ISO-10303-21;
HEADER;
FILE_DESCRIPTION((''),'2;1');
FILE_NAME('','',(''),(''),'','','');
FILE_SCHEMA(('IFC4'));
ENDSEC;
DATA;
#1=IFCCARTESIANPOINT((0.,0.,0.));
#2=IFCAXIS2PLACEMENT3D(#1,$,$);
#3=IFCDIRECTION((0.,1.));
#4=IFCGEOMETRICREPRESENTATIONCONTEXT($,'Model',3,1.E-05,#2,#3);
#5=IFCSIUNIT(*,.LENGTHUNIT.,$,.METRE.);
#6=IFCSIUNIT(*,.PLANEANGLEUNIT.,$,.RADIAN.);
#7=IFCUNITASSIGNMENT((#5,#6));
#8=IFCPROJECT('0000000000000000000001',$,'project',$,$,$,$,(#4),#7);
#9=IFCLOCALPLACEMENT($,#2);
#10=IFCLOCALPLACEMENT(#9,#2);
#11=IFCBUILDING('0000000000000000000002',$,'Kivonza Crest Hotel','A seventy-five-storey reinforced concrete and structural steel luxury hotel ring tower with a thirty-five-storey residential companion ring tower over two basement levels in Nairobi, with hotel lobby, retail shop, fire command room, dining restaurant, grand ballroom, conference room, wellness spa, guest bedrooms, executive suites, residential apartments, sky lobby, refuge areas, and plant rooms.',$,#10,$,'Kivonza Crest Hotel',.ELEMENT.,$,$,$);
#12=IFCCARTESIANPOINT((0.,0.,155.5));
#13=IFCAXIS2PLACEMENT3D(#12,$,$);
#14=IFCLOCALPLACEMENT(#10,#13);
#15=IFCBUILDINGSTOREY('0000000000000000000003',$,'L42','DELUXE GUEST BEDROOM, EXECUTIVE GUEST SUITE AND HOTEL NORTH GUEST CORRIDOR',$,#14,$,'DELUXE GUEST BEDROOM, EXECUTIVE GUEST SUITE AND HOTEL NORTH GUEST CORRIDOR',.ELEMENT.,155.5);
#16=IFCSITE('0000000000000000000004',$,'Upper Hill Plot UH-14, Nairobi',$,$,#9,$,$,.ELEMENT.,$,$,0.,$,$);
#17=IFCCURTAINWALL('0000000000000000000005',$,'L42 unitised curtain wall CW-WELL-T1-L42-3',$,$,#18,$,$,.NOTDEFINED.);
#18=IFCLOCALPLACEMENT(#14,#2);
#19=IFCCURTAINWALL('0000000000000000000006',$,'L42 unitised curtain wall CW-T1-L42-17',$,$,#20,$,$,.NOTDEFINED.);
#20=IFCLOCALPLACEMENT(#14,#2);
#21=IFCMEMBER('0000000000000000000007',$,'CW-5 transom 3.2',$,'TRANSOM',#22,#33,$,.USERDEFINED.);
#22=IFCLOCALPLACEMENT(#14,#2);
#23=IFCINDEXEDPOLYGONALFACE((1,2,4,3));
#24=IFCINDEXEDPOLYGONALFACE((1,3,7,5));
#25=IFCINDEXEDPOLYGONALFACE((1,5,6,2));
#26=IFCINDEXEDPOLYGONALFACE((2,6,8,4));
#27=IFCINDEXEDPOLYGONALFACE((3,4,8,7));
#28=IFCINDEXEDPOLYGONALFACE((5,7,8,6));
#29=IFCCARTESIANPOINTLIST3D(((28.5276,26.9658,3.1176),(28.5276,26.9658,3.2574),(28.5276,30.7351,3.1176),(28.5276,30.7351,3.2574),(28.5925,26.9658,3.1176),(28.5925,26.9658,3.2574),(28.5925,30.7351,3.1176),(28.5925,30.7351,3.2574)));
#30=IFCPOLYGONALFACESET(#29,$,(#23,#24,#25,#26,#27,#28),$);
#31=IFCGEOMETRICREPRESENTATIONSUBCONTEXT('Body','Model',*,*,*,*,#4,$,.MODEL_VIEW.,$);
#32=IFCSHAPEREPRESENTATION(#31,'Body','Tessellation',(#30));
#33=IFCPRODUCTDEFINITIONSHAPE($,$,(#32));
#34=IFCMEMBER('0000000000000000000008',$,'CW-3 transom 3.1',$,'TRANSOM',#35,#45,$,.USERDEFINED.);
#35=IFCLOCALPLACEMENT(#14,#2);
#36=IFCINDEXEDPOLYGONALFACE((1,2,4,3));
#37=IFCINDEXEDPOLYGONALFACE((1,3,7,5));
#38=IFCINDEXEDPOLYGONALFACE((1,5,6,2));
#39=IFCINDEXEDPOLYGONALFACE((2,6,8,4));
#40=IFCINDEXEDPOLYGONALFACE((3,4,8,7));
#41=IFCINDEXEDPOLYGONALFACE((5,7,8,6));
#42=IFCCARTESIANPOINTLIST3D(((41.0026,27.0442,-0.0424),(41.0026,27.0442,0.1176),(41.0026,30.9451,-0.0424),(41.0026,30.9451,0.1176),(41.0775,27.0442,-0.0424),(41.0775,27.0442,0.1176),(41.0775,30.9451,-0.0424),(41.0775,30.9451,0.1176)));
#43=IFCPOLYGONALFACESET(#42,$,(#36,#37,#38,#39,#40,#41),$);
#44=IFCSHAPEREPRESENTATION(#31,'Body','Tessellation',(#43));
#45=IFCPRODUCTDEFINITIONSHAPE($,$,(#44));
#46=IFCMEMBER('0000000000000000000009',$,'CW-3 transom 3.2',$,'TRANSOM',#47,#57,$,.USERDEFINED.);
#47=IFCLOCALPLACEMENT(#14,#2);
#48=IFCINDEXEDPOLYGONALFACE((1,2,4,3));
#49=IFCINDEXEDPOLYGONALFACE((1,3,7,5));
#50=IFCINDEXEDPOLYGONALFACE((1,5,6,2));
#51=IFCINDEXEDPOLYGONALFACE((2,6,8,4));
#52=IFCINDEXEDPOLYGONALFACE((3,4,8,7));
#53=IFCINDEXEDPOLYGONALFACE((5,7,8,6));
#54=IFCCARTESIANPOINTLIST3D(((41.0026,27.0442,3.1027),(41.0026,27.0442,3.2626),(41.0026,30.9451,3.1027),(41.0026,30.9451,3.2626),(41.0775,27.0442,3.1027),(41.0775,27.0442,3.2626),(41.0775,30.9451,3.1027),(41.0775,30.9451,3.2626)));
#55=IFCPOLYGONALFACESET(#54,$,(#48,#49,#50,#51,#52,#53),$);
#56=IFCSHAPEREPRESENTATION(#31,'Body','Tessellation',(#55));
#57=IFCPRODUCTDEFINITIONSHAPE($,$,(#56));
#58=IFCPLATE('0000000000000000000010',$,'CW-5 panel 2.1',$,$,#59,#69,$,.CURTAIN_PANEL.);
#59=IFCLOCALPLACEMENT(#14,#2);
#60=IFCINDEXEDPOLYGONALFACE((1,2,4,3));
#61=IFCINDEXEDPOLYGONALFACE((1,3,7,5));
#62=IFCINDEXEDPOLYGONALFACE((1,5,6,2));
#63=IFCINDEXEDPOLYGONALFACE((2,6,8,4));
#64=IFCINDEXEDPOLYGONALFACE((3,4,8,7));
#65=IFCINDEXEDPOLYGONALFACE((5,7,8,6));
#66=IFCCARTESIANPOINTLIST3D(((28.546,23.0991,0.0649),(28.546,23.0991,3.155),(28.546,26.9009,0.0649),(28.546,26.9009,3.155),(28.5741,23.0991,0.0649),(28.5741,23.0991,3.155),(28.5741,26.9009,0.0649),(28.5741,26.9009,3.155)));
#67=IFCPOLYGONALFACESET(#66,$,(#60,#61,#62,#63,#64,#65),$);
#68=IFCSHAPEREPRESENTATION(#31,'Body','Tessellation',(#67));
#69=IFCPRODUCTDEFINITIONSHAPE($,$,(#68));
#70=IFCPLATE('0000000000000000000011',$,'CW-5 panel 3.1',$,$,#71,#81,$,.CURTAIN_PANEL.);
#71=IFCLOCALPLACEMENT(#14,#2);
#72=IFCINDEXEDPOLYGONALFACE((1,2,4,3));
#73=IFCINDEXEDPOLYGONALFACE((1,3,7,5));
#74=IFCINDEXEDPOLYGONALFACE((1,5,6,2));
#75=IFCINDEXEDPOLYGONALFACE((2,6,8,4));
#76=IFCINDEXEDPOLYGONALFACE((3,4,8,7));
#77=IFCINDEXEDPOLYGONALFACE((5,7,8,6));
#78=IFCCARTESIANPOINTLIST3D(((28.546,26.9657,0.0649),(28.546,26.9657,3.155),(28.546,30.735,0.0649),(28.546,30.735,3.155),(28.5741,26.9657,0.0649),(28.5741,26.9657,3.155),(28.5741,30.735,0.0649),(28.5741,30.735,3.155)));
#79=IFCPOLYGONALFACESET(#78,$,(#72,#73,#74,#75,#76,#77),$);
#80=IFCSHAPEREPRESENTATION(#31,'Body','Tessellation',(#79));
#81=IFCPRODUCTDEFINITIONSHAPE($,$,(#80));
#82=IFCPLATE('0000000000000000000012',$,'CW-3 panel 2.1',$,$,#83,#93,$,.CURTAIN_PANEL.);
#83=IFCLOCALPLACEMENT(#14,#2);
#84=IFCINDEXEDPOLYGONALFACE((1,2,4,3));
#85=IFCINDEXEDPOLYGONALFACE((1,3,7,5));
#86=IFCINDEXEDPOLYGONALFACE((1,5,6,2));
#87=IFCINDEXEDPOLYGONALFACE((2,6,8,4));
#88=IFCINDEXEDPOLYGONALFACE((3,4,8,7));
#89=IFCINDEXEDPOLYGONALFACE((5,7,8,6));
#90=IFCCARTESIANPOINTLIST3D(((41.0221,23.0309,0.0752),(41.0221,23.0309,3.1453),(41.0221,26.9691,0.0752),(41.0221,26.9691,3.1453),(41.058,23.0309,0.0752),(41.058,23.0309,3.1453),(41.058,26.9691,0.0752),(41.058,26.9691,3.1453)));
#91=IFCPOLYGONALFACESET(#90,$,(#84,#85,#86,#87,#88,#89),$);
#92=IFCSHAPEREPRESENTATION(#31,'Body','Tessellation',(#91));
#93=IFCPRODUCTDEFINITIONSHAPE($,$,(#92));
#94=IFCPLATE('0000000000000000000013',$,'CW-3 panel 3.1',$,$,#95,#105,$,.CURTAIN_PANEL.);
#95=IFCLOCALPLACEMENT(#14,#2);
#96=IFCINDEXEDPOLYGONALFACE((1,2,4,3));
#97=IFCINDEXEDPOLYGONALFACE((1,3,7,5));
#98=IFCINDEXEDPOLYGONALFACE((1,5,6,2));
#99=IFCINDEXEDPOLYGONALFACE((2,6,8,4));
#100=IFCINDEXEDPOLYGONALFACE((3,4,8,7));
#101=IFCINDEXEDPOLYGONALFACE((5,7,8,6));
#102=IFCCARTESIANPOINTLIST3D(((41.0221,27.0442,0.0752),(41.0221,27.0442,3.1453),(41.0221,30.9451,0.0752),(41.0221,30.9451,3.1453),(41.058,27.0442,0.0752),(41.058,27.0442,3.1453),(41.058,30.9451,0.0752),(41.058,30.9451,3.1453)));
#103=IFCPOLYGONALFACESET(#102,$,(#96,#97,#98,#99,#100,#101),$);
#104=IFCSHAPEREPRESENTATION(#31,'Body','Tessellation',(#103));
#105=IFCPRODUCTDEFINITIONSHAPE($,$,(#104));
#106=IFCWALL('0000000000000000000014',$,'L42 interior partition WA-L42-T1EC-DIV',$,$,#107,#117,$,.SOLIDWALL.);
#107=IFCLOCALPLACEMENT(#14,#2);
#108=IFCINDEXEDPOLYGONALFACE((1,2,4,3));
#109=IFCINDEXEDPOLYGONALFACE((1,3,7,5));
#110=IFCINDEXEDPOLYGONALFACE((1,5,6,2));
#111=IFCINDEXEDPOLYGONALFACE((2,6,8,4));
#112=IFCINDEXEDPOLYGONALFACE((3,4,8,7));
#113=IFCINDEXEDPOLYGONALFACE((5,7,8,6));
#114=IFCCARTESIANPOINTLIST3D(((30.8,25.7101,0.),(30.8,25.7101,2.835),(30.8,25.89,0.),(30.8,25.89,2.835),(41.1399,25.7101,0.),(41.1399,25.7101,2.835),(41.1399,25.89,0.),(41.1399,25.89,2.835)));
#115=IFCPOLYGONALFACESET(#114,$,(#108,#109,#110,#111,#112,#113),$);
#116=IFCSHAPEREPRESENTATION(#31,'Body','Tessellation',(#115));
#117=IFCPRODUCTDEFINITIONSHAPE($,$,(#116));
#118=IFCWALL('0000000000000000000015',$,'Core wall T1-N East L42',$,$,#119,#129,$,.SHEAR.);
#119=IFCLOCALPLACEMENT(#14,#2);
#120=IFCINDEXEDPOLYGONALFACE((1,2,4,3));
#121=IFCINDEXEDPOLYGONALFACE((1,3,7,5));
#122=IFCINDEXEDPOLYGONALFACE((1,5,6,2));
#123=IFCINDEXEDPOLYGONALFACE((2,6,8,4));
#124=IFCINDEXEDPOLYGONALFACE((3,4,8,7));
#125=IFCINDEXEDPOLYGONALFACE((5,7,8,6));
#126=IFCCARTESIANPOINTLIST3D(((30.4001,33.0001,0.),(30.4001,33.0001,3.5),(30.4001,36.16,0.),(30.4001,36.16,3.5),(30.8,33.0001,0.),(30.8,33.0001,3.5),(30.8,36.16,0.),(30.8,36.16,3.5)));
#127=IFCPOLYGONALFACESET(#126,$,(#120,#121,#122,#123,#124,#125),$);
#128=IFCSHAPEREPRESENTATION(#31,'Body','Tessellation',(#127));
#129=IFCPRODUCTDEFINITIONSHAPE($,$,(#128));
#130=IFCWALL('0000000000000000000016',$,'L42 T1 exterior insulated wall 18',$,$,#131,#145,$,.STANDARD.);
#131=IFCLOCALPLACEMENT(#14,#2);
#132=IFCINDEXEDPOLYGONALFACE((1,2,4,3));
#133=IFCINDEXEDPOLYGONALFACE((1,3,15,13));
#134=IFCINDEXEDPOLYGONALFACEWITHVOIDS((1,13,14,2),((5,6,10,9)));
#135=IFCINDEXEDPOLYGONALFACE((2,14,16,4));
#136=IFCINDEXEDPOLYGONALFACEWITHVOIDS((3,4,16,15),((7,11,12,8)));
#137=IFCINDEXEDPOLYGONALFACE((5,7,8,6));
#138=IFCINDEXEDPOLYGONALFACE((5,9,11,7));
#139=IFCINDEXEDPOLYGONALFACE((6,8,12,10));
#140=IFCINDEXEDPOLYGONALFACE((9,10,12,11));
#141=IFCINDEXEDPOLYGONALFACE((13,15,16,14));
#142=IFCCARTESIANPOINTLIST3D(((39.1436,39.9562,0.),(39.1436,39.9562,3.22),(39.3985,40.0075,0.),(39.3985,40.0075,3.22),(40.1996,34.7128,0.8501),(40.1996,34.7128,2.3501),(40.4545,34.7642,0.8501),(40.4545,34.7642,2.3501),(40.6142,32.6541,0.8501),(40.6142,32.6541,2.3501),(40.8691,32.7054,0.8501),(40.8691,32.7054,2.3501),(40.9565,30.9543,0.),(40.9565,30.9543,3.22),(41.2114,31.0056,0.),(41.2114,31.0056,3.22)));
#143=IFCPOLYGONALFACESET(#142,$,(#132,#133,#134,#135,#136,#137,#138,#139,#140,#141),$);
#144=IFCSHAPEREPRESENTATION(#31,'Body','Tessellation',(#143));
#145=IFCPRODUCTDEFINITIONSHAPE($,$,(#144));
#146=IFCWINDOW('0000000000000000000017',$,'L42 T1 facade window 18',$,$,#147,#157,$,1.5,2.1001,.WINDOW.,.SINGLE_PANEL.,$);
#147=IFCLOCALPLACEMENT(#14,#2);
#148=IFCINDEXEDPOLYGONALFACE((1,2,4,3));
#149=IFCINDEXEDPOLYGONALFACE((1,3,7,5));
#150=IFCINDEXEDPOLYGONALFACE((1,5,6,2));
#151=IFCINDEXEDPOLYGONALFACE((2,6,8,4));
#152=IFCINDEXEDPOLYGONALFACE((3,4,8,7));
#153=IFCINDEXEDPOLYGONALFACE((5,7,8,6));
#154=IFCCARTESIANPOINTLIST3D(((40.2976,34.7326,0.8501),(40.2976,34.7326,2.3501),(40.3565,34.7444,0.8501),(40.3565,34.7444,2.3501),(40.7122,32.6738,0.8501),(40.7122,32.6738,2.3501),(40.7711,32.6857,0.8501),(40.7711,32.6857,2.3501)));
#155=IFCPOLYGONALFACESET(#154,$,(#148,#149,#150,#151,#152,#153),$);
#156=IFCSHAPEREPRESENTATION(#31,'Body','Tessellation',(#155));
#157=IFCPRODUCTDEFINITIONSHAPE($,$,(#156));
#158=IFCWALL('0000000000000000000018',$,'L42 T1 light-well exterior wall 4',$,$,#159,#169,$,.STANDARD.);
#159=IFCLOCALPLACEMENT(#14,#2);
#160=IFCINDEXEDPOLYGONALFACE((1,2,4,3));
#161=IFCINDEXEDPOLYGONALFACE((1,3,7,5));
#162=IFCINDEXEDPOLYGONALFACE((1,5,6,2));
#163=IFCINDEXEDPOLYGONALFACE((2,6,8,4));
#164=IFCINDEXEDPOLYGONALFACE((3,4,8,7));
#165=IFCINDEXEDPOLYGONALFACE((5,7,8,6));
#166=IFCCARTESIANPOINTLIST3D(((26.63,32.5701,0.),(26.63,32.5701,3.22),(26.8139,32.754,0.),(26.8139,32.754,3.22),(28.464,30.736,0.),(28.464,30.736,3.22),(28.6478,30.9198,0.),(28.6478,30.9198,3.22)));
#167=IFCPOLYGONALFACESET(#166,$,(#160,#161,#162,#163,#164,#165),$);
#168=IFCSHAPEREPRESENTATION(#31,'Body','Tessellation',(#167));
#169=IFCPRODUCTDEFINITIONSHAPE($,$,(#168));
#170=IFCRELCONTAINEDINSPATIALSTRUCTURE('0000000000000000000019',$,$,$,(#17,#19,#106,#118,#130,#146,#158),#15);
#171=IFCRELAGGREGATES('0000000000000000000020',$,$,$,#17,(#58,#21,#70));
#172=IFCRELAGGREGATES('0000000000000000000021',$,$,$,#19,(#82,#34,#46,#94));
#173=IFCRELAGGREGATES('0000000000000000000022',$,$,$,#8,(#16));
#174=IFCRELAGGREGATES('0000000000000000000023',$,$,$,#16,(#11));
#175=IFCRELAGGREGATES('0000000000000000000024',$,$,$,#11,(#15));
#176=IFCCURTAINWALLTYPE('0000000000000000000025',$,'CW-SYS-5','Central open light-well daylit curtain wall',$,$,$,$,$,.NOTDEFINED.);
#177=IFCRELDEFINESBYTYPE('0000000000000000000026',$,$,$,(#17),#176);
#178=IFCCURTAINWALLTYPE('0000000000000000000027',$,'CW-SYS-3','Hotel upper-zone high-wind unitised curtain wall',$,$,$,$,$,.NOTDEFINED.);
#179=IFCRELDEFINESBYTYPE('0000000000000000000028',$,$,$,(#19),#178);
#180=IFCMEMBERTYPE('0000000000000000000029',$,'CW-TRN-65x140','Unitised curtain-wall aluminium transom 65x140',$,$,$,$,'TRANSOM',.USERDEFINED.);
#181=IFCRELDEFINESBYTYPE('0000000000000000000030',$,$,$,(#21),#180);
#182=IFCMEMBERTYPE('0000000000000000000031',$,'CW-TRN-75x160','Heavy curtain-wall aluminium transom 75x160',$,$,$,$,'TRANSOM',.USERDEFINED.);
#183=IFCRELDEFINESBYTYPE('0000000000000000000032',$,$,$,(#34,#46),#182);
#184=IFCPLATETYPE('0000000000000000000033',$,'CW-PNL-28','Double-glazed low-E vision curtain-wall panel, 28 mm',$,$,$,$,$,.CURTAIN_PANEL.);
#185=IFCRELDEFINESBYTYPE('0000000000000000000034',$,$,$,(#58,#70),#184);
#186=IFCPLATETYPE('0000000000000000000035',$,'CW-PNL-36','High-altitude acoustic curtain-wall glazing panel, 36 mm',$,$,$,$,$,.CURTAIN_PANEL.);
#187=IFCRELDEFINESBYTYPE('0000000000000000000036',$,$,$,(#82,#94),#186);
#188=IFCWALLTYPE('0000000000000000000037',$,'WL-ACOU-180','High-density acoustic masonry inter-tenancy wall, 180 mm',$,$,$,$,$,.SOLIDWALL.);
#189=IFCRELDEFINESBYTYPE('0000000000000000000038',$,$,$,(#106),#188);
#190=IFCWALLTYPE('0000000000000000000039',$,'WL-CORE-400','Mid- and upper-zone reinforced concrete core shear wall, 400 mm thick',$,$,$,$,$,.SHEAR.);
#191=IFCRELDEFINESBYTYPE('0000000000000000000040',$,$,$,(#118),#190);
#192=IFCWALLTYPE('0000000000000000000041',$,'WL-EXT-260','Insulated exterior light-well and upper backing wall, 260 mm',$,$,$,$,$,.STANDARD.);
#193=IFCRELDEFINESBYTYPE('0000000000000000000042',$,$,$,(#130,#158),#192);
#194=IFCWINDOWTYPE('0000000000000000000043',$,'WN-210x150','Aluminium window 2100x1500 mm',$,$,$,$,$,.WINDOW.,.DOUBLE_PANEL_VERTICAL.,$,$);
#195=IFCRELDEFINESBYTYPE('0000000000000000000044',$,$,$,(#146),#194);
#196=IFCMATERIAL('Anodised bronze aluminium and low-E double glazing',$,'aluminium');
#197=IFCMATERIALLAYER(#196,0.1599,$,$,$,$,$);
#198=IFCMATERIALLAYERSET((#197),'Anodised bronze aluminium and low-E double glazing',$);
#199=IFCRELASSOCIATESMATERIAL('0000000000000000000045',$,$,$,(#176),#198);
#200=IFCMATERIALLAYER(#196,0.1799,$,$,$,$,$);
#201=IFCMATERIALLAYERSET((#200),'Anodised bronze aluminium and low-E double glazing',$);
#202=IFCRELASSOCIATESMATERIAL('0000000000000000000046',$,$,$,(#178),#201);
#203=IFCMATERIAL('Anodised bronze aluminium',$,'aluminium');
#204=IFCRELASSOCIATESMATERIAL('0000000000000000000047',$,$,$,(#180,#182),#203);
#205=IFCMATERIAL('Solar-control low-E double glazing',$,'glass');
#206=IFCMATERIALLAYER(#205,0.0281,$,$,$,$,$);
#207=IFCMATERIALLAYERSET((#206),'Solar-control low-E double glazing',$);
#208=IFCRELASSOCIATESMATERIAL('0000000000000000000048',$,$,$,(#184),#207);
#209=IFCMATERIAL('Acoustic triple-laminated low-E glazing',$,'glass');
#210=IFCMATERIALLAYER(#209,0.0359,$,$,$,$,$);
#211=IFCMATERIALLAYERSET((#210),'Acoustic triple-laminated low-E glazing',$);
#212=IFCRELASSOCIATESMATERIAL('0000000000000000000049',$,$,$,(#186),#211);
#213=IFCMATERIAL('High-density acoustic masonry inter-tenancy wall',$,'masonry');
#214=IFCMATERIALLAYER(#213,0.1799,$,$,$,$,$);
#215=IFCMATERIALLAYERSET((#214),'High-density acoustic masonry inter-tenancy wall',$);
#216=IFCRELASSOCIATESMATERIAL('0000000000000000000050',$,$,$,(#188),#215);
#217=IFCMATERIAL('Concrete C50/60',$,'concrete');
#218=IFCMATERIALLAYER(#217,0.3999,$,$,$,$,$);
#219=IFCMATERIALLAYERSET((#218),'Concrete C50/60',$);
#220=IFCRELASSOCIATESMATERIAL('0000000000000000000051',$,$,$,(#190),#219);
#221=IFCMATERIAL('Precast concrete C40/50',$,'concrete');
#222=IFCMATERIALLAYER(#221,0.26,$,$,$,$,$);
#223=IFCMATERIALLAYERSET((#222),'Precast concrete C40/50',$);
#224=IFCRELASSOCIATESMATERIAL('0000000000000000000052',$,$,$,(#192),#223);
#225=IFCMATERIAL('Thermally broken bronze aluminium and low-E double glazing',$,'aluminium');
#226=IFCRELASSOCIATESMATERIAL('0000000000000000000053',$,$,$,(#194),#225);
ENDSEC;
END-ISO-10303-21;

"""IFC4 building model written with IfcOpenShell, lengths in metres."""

from ifc_helpers import new_model, si_unit, direction, frame, frame_2d, origin, origin_2d, place, context, subcontext, project, spatial, rectangle, extrude, material, layer, layer_set, material_profile, profile_set, type_object, element, fill, aggregate, save


model = new_model("IFC4")

# Units and contexts
model_context = context("Model", 3, precision=1e-05, world=origin(), true_north=direction((0.0, 1.0)))
body_context = subcontext(model_context, "Body", "Model", "MODEL_VIEW")
ifc_project = project(units=[si_unit("LENGTHUNIT", "METRE"), si_unit("PLANEANGLEUNIT", "RADIAN")], contexts=[model_context])

# Site, building, storey
site_placement = place(None, origin())
site = spatial("IfcSite", under=ifc_project, at=site_placement, Name="Upper Hill Plot UH-14, Nairobi", CompositionType="ELEMENT", RefElevation=0.0)
building_placement = place(site_placement, origin())
building = spatial("IfcBuilding", under=site, at=building_placement, Name="Kivonza Crest Hotel", Description="A seventy-five-storey reinforced concrete and structural steel luxury hotel ring tower with a thirty-five-storey residential companion ring tower over two basement levels in Nairobi, with hotel lobby, retail shop, fire command room, dining restaurant, grand ballroom, conference room, wellness spa, guest bedrooms, executive suites, residential apartments, sky lobby, refuge areas, and plant rooms.", LongName="Kivonza Crest Hotel", CompositionType="ELEMENT")
storey_placement = place(building_placement, frame((0.0, 0.0, 155.5)))
storey = spatial("IfcBuildingStorey", under=building, at=storey_placement, Name="L42", Description="DELUXE GUEST BEDROOM, EXECUTIVE GUEST SUITE AND HOTEL NORTH GUEST CORRIDOR", LongName="DELUXE GUEST BEDROOM, EXECUTIVE GUEST SUITE AND HOTEL NORTH GUEST CORRIDOR", CompositionType="ELEMENT", Elevation=155.5)

# Shared definitions
ifc_material_1 = material(Name="Concrete C50/60", Category="concrete")

# Curtain walls
ifc_material_2 = material(Name="Anodised bronze aluminium and low-E double glazing", Category="aluminium")
ifc_layer_1 = layer(ifc_material_2, 0.1599)
ifc_layer_set_1 = layer_set([ifc_layer_1], Name="Anodised bronze aluminium and low-E double glazing")
curtain_wall_type_1 = type_object("IfcCurtainWallType", Name="CW-SYS-5", Description="Central open light-well daylit curtain wall", PredefinedType="NOTDEFINED", material=ifc_layer_set_1)
curtain_wall_1_placement = place(storey_placement, origin())
curtain_wall_1 = element("IfcCurtainWall", 1, at=curtain_wall_1_placement, inside=storey, type_object=curtain_wall_type_1, Name="L42 unitised curtain wall CW-WELL-T1-L42-3", PredefinedType="NOTDEFINED")
ifc_material_3 = material(Name="Anodised bronze aluminium", Category="aluminium")
ifc_layer_2 = layer(ifc_material_2, 0.1799)
ifc_layer_set_2 = layer_set([ifc_layer_2], Name="Anodised bronze aluminium and low-E double glazing")
curtain_wall_type_2 = type_object("IfcCurtainWallType", Name="CW-SYS-3", Description="Hotel upper-zone high-wind unitised curtain wall", PredefinedType="NOTDEFINED", material=ifc_layer_set_2)
curtain_wall_2_placement = place(storey_placement, origin())
curtain_wall_2 = element("IfcCurtainWall", 2, at=curtain_wall_2_placement, inside=storey, type_object=curtain_wall_type_2, Name="L42 unitised curtain wall CW-T1-L42-17", PredefinedType="NOTDEFINED")

# Members
ifc_material_profile_1 = material_profile(ifc_material_3, rectangle(XDim=0.0649, YDim=0.1399, at=origin_2d()), Name="CW-T 65x140")
ifc_profile_set_1 = profile_set([ifc_material_profile_1], Name="Anodised bronze aluminium")
member_type_1 = type_object("IfcMemberType", Name="CW-TRN-65x140", Description="Unitised curtain-wall aluminium transom 65x140", ElementType="TRANSOM", PredefinedType="USERDEFINED", material=ifc_profile_set_1)
member_1_placement = place(storey_placement, frame((28.5601, 26.9658, 3.1875), z_axis=(0.0, 1.0, 0.0), x_axis=(-1.0, 0.0, 0.0)))
member_1 = element("IfcMember", 3, at=member_1_placement, type_object=member_type_1, Name="CW-5 transom 3.2", ObjectType="TRANSOM", PredefinedType="USERDEFINED", context=body_context, shape_type="SweptSolid", body=[
    extrude(rectangle(XDim=0.0649, YDim=0.1399, at=origin_2d()), origin(), (0.0, 0.0, 1.0), 3.7693),
])
ifc_material_profile_2 = material_profile(ifc_material_3, rectangle(XDim=0.075, YDim=0.1599, at=origin_2d()), Name="CW-T 75x160")
ifc_profile_set_2 = profile_set([ifc_material_profile_2], Name="Anodised bronze aluminium")
member_type_2 = type_object("IfcMemberType", Name="CW-TRN-75x160", Description="Heavy curtain-wall aluminium transom 75x160", ElementType="TRANSOM", PredefinedType="USERDEFINED", material=ifc_profile_set_2)
member_2_placement = place(storey_placement, frame((41.04, 27.0442, 0.0376), z_axis=(0.0, 1.0, 0.0), x_axis=(-1.0, 0.0, 0.0)))
member_2 = element("IfcMember", 4, at=member_2_placement, type_object=member_type_2, Name="CW-3 transom 3.1", ObjectType="TRANSOM", PredefinedType="USERDEFINED", context=body_context, shape_type="SweptSolid", body=[
    extrude(rectangle(XDim=0.075, YDim=0.1599, at=origin_2d()), origin(), (0.0, 0.0, 1.0), 3.9009),
])
member_3_placement = place(storey_placement, frame((41.04, 27.0442, 3.1826), z_axis=(0.0, 1.0, 0.0), x_axis=(-1.0, 0.0, 0.0)))
member_3 = element("IfcMember", 5, at=member_3_placement, type_object=member_type_2, Name="CW-3 transom 3.2", ObjectType="TRANSOM", PredefinedType="USERDEFINED", context=body_context, shape_type="SweptSolid", body=[
    extrude(rectangle(XDim=0.075, YDim=0.1599, at=origin_2d()), origin(), (0.0, 0.0, 1.0), 3.9009),
])

# Plates
ifc_material_4 = material(Name="Solar-control low-E double glazing", Category="glass")
ifc_layer_3 = layer(ifc_material_4, 0.0281)
ifc_layer_set_3 = layer_set([ifc_layer_3], Name="Solar-control low-E double glazing")
plate_type_1 = type_object("IfcPlateType", Name="CW-PNL-28", Description="Double-glazed low-E vision curtain-wall panel, 28 mm", PredefinedType="CURTAIN_PANEL", material=ifc_layer_set_3)
plate_1_placement = place(storey_placement, frame((28.5601, 25.0, 0.0649), z_axis=(0.0, 0.0, 1.0), x_axis=(0.0, 1.0, 0.0)))
plate_1 = element("IfcPlate", 6, at=plate_1_placement, type_object=plate_type_1, Name="CW-5 panel 2.1", PredefinedType="CURTAIN_PANEL", context=body_context, shape_type="SweptSolid", body=[
    extrude(rectangle(XDim=3.8018, YDim=0.0281, at=origin_2d()), origin(), (0.0, 0.0, 1.0), 3.0901),
])
plate_2_placement = place(storey_placement, frame((28.5601, 28.8503, 0.0649), z_axis=(0.0, 0.0, 1.0), x_axis=(0.0, 1.0, 0.0)))
plate_2 = element("IfcPlate", 7, at=plate_2_placement, type_object=plate_type_1, Name="CW-5 panel 3.1", PredefinedType="CURTAIN_PANEL", context=body_context, shape_type="SweptSolid", body=[
    extrude(rectangle(XDim=3.7693, YDim=0.0281, at=origin_2d()), origin(), (0.0, 0.0, 1.0), 3.0901),
])
aggregate(curtain_wall_1, [plate_1, member_1, plate_2])
ifc_material_5 = material(Name="Acoustic triple-laminated low-E glazing", Category="glass")
ifc_layer_4 = layer(ifc_material_5, 0.0359)
ifc_layer_set_4 = layer_set([ifc_layer_4], Name="Acoustic triple-laminated low-E glazing")
plate_type_2 = type_object("IfcPlateType", Name="CW-PNL-36", Description="High-altitude acoustic curtain-wall glazing panel, 36 mm", PredefinedType="CURTAIN_PANEL", material=ifc_layer_set_4)
plate_3_placement = place(storey_placement, frame((41.04, 25.0, 0.0752), z_axis=(0.0, 0.0, 1.0), x_axis=(0.0, 1.0, 0.0)))
plate_3 = element("IfcPlate", 8, at=plate_3_placement, type_object=plate_type_2, Name="CW-3 panel 2.1", PredefinedType="CURTAIN_PANEL", context=body_context, shape_type="SweptSolid", body=[
    extrude(rectangle(XDim=3.9382, YDim=0.0359, at=origin_2d()), origin(), (0.0, 0.0, 1.0), 3.0701),
])
plate_4_placement = place(storey_placement, frame((41.04, 28.9946, 0.0752), z_axis=(0.0, 0.0, 1.0), x_axis=(0.0, 1.0, 0.0)))
plate_4 = element("IfcPlate", 9, at=plate_4_placement, type_object=plate_type_2, Name="CW-3 panel 3.1", PredefinedType="CURTAIN_PANEL", context=body_context, shape_type="SweptSolid", body=[
    extrude(rectangle(XDim=3.9009, YDim=0.0359, at=origin_2d()), origin(), (0.0, 0.0, 1.0), 3.0701),
])
aggregate(curtain_wall_2, [plate_3, member_2, member_3, plate_4])

# Walls
ifc_material_6 = material(Name="High-density acoustic masonry inter-tenancy wall", Category="masonry")
ifc_layer_5 = layer(ifc_material_6, 0.1799)
ifc_layer_set_5 = layer_set([ifc_layer_5], Name="High-density acoustic masonry inter-tenancy wall")
wall_type_1 = type_object("IfcWallType", Name="WL-ACOU-180", Description="High-density acoustic masonry inter-tenancy wall, 180 mm", PredefinedType="SOLIDWALL", material=ifc_layer_set_5)
wall_1_placement = place(storey_placement, frame((30.8, 25.8, 0.0), z_axis=(0.0, 0.0, 1.0), x_axis=(1.0, 0.0, 0.0)))
element("IfcWall", 10, at=wall_1_placement, inside=storey, type_object=wall_type_1, Name="L42 interior partition WA-L42-T1EC-DIV", PredefinedType="SOLIDWALL", context=body_context, shape_type="SweptSolid", body=[
    extrude(rectangle(XDim=10.3398, YDim=0.1799, at=frame_2d((5.1699, 0.0))), origin(), (0.0, 0.0, 1.0), 2.835),
])
ifc_layer_6 = layer(ifc_material_1, 0.3999)
ifc_layer_set_6 = layer_set([ifc_layer_6], Name="Concrete C50/60")
wall_type_2 = type_object("IfcWallType", Name="WL-CORE-400", Description="Mid- and upper-zone reinforced concrete core shear wall, 400 mm thick", PredefinedType="SHEAR", material=ifc_layer_set_6)
wall_2_placement = place(storey_placement, frame((30.6001, 33.0, 0.0), z_axis=(0.0, 0.0, 1.0), x_axis=(0.0, 1.0, 0.0)))
element("IfcWall", 11, at=wall_2_placement, inside=storey, type_object=wall_type_2, Name="Core wall T1-N East L42", PredefinedType="SHEAR", context=body_context, shape_type="SweptSolid", body=[
    extrude(rectangle(XDim=3.1599, YDim=0.3999, at=frame_2d((1.5801, 0.0))), origin(), (0.0, 0.0, 1.0), 3.5),
])

# Wall, opening, window
ifc_material_7 = material(Name="Precast concrete C40/50", Category="concrete")
ifc_layer_7 = layer(ifc_material_7, 0.26)
ifc_layer_set_7 = layer_set([ifc_layer_7], Name="Precast concrete C40/50")
wall_type_3 = type_object("IfcWallType", Name="WL-EXT-260", Description="Insulated exterior light-well and upper backing wall, 260 mm", PredefinedType="STANDARD", material=ifc_layer_set_7)
wall_3_placement = place(storey_placement, frame((41.084, 30.98, 0.0), z_axis=(0.0, 0.0, 1.0), x_axis=(-0.197435, 0.980316, 0.0)))
wall_3 = element("IfcWall", 12, at=wall_3_placement, inside=storey, type_object=wall_type_3, Name="L42 T1 exterior insulated wall 18", PredefinedType="STANDARD", context=body_context, shape_type="SweptSolid", body=[
    extrude(rectangle(XDim=9.1826, YDim=0.26, at=frame_2d((4.5913, 0.0))), origin(), (0.0, 0.0, 1.0), 3.22),
])
opening_1_placement = place(wall_3_placement, frame((1.7339, 0.0, 0.8501)))
opening_1 = element("IfcOpeningElement", 13, at=opening_1_placement, cuts=wall_3, PredefinedType="OPENING", context=body_context, shape_type="SweptSolid", body=[
    extrude(rectangle(XDim=2.1001, YDim=1.5, at=frame_2d((1.05, 0.75))), frame((0.0, 0.1401, 0.0), z_axis=(0.0, -1.0, 0.0), x_axis=(1.0, 0.0, 0.0)), (0.0, 0.0, 1.0), 0.28),
])
ifc_material_8 = material(Name="Thermally broken bronze aluminium and low-E double glazing", Category="aluminium")
window_type = type_object("IfcWindowType", Name="WN-210x150", Description="Aluminium window 2100x1500 mm", PartitioningType="DOUBLE_PANEL_VERTICAL", PredefinedType="WINDOW", material=ifc_material_8)
window_placement = place(opening_1_placement, origin())
window = element("IfcWindow", 14, at=window_placement, inside=storey, type_object=window_type, Name="L42 T1 facade window 18", OverallHeight=1.5, OverallWidth=2.1001, PartitioningType="SINGLE_PANEL", PredefinedType="WINDOW", context=body_context, shape_type="SweptSolid", body=[
    extrude(rectangle(XDim=2.1001, YDim=1.5, at=frame_2d((1.05, 0.75))), frame((0.0, 0.03, 0.0), z_axis=(0.0, -1.0, 0.0), x_axis=(1.0, 0.0, 0.0)), (0.0, 0.0, 1.0), 0.0601),
])
fill(opening_1, window)

# Wall
wall_4_placement = place(storey_placement, frame((28.5559, 30.8279, 0.0), z_axis=(0.0, 0.0, 1.0), x_axis=(-0.70706, 0.707154, 0.0)))
element("IfcWall", 15, at=wall_4_placement, inside=storey, type_object=wall_type_3, Name="L42 T1 light-well exterior wall 4", PredefinedType="STANDARD", context=body_context, shape_type="SweptSolid", body=[
    extrude(rectangle(XDim=2.5938, YDim=0.26, at=frame_2d((1.2969, 0.0))), origin(), (0.0, 0.0, 1.0), 3.22),
])

save(model, "model.ifc")
